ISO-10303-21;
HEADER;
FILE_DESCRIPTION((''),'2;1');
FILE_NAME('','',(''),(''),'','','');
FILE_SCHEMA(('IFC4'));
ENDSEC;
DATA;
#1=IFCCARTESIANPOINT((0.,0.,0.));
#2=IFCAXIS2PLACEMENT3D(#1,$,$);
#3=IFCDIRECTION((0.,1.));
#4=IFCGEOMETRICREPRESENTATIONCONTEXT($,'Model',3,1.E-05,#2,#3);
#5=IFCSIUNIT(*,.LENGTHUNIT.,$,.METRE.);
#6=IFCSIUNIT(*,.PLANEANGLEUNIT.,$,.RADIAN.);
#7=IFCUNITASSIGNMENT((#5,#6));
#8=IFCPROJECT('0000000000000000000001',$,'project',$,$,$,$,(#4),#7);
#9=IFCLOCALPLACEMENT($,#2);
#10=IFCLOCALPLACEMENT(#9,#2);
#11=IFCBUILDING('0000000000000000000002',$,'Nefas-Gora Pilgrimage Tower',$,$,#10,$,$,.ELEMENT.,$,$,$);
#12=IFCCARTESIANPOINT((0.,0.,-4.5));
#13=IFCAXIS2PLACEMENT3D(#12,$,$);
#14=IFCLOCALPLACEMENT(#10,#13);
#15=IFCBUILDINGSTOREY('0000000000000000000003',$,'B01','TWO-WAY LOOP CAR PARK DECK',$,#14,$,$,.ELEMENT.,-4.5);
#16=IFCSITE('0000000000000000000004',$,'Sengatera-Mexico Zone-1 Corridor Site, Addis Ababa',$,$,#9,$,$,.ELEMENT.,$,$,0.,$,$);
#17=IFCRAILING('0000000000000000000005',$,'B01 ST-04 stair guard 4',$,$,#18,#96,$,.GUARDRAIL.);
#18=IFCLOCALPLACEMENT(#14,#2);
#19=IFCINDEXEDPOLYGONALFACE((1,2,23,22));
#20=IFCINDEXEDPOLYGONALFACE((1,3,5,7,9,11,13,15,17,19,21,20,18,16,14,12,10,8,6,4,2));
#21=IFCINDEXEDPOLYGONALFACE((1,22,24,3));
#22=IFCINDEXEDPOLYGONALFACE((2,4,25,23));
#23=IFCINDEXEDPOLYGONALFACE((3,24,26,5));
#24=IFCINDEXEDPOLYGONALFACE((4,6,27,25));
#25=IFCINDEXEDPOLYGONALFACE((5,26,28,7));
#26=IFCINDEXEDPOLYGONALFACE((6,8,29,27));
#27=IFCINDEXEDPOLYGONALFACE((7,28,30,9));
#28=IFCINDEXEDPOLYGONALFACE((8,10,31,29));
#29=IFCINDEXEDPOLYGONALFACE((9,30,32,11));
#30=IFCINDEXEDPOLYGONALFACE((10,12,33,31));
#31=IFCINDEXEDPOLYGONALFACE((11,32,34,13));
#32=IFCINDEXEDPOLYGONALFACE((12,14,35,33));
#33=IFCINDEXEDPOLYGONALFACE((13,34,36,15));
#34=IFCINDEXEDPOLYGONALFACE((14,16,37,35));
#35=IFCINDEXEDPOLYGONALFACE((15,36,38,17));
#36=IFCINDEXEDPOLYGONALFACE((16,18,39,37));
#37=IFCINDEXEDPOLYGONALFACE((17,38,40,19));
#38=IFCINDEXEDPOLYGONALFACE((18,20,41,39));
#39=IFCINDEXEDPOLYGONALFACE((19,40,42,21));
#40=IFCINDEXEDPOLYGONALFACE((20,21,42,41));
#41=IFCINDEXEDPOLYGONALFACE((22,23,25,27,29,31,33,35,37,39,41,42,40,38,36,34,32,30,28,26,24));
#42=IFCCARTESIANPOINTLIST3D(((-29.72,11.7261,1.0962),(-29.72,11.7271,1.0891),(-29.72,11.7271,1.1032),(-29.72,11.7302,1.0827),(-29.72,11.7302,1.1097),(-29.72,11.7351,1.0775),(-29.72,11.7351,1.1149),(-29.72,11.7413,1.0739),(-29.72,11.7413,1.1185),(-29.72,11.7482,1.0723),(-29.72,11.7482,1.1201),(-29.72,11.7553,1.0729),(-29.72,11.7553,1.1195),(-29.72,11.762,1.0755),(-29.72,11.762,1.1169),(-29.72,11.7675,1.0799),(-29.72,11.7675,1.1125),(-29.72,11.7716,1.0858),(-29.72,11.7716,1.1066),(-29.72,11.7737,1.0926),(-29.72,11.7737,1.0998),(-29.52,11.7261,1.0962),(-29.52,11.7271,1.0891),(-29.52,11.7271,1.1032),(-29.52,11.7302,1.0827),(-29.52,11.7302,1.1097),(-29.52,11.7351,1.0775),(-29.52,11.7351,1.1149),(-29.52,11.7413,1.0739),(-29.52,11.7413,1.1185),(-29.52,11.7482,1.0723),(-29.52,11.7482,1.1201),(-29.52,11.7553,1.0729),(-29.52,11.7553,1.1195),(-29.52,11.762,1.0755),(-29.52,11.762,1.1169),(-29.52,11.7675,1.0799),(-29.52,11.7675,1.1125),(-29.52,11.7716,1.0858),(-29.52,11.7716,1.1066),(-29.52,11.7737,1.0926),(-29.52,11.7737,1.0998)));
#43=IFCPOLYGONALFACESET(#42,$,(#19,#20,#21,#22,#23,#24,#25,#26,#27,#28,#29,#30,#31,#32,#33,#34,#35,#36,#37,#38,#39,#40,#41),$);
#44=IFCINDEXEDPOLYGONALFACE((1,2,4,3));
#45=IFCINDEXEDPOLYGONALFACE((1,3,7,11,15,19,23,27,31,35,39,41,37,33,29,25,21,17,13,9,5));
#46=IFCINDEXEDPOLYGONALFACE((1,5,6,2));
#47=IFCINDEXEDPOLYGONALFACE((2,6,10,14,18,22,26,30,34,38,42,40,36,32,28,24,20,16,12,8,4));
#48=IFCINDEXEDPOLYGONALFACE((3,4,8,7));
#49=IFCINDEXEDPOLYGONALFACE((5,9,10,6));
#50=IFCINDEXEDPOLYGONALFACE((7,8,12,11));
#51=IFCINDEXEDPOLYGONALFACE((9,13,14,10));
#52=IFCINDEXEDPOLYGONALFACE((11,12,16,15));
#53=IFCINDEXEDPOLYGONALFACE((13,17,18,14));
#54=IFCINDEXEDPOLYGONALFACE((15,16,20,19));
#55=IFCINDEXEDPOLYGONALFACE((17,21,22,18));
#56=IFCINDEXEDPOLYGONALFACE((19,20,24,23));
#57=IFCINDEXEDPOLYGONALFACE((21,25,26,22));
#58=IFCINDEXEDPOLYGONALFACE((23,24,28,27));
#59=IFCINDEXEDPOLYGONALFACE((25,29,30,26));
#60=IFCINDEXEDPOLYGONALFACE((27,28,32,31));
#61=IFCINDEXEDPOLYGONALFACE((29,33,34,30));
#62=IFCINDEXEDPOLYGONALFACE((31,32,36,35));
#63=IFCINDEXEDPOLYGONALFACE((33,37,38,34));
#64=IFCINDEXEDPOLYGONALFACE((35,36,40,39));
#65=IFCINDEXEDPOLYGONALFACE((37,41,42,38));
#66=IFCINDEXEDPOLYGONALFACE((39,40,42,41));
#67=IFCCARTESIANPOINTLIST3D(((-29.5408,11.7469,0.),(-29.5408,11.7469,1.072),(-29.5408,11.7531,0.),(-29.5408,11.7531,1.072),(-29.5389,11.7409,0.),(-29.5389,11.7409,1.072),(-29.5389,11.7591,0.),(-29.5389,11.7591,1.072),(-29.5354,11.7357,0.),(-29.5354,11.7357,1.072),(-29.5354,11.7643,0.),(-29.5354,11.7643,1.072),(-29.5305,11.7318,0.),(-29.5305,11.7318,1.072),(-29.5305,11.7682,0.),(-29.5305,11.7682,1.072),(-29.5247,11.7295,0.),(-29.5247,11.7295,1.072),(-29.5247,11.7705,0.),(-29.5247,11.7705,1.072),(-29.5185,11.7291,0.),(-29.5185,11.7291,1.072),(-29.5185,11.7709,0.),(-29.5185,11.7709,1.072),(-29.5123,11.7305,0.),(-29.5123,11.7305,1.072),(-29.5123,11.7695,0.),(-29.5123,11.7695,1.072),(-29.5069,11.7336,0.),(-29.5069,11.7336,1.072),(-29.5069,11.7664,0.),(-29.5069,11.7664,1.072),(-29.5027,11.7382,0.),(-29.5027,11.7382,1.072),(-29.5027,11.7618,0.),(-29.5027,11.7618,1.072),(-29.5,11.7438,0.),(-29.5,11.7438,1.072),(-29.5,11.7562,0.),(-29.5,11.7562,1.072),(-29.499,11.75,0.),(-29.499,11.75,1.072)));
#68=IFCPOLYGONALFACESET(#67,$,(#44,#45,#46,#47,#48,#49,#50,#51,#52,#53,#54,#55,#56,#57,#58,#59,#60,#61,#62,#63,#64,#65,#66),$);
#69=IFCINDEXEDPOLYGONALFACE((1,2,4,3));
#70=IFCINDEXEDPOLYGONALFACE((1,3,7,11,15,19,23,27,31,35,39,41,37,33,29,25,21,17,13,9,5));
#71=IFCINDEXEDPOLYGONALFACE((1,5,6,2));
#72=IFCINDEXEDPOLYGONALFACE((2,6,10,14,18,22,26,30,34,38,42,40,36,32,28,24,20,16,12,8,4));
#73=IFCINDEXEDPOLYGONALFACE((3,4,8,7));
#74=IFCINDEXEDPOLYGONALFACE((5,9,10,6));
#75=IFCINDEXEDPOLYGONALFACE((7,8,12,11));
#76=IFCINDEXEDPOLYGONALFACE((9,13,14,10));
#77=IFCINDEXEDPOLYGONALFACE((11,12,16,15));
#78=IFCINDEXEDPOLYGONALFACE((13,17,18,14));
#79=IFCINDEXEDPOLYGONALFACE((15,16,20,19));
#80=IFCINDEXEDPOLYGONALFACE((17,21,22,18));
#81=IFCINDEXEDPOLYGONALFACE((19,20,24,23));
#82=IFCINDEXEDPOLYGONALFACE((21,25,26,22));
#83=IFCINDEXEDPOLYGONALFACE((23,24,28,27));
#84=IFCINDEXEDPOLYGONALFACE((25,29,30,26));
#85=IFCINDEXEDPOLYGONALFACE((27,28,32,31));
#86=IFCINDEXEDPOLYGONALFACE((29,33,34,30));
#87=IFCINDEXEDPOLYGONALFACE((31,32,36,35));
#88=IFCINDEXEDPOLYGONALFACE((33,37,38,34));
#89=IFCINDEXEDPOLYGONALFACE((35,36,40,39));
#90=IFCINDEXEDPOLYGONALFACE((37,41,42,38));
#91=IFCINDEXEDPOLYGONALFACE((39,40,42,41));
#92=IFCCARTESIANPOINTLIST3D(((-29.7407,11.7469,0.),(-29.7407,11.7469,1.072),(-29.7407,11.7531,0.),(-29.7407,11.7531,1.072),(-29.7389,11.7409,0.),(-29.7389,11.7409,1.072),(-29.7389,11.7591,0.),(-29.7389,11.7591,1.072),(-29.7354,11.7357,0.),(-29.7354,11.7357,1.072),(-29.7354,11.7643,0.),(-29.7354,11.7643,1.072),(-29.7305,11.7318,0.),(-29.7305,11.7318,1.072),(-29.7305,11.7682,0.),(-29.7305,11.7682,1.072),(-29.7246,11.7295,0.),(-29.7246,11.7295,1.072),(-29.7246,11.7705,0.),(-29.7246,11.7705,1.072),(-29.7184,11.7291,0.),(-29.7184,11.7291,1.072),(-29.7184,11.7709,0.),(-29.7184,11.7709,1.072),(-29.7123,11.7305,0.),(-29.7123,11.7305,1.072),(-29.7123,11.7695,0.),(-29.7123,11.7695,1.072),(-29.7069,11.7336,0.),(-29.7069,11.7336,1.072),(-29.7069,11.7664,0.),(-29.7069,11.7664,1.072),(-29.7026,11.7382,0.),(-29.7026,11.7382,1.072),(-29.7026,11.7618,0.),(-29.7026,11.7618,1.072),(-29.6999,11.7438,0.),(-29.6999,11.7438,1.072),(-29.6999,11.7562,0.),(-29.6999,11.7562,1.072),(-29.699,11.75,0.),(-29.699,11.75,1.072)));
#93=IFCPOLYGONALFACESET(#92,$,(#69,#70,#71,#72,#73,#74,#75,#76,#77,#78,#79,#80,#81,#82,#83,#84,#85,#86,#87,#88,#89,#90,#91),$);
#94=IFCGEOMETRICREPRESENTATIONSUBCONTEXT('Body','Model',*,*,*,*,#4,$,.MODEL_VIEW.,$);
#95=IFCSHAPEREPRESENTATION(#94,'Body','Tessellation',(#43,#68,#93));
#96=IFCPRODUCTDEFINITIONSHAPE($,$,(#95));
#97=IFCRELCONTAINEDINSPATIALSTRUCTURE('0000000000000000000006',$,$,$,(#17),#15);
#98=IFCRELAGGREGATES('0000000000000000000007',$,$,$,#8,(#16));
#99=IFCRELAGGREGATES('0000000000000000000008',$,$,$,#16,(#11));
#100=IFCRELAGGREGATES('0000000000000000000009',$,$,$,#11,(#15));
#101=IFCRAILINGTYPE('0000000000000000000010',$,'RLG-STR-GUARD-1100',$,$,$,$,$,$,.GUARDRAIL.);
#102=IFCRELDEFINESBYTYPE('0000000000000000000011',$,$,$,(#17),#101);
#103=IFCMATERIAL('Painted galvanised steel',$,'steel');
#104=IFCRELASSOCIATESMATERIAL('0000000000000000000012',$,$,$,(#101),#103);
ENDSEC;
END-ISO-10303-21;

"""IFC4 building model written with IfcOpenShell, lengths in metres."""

from ifc_helpers import new_model, si_unit, direction, frame, origin, origin_2d, place, context, subcontext, project, spatial, circle, extrude, material, type_object, element, save


model = new_model("IFC4")

# Units and contexts
model_context = context("Model", 3, precision=1e-05, world=origin(), true_north=direction((0.0, 1.0)))
body_context = subcontext(model_context, "Body", "Model", "MODEL_VIEW")
ifc_project = project(units=[si_unit("LENGTHUNIT", "METRE"), si_unit("PLANEANGLEUNIT", "RADIAN")], contexts=[model_context])

# Site, building, storey
site_placement = place(None, origin())
site = spatial("IfcSite", under=ifc_project, at=site_placement, Name="Sengatera-Mexico Zone-1 Corridor Site, Addis Ababa", CompositionType="ELEMENT", RefElevation=0.0)
building_placement = place(site_placement, origin())
building = spatial("IfcBuilding", under=site, at=building_placement, Name="Nefas-Gora Pilgrimage Tower", CompositionType="ELEMENT")
storey_placement = place(building_placement, frame((0.0, 0.0, -4.5)))
storey = spatial("IfcBuildingStorey", under=building, at=storey_placement, Name="B01", Description="TWO-WAY LOOP CAR PARK DECK", CompositionType="ELEMENT", Elevation=-4.5)

# Railing
ifc_material_1 = material(Name="Painted galvanised steel", Category="steel")
railing_type_1 = type_object("IfcRailingType", Name="RLG-STR-GUARD-1100", PredefinedType="GUARDRAIL", material=ifc_material_1)
railing_1_placement = place(storey_placement, frame((-29.52, 11.75, 0.0)))
element("IfcRailing", 1, at=railing_1_placement, inside=storey, type_object=railing_type_1, Name="B01 ST-04 stair guard 4", PredefinedType="GUARDRAIL", context=body_context, shape_type="SweptSolid", body=[
    extrude(circle(Radius=0.0239, at=origin_2d()), frame((0.0, 0.0, 1.0962), z_axis=(-1.0, 0.0, 0.0), x_axis=(0.0, -1.0, 0.0)), (0.0, 0.0, 1.0), 0.2),
    extrude(circle(Radius=0.021, at=origin_2d()), origin(), (0.0, 0.0, 1.0), 1.072),
    extrude(circle(Radius=0.021, at=origin_2d()), frame((-0.2, 0.0, 0.0)), (0.0, 0.0, 1.0), 1.072),
])

save(model, "model.ifc")
